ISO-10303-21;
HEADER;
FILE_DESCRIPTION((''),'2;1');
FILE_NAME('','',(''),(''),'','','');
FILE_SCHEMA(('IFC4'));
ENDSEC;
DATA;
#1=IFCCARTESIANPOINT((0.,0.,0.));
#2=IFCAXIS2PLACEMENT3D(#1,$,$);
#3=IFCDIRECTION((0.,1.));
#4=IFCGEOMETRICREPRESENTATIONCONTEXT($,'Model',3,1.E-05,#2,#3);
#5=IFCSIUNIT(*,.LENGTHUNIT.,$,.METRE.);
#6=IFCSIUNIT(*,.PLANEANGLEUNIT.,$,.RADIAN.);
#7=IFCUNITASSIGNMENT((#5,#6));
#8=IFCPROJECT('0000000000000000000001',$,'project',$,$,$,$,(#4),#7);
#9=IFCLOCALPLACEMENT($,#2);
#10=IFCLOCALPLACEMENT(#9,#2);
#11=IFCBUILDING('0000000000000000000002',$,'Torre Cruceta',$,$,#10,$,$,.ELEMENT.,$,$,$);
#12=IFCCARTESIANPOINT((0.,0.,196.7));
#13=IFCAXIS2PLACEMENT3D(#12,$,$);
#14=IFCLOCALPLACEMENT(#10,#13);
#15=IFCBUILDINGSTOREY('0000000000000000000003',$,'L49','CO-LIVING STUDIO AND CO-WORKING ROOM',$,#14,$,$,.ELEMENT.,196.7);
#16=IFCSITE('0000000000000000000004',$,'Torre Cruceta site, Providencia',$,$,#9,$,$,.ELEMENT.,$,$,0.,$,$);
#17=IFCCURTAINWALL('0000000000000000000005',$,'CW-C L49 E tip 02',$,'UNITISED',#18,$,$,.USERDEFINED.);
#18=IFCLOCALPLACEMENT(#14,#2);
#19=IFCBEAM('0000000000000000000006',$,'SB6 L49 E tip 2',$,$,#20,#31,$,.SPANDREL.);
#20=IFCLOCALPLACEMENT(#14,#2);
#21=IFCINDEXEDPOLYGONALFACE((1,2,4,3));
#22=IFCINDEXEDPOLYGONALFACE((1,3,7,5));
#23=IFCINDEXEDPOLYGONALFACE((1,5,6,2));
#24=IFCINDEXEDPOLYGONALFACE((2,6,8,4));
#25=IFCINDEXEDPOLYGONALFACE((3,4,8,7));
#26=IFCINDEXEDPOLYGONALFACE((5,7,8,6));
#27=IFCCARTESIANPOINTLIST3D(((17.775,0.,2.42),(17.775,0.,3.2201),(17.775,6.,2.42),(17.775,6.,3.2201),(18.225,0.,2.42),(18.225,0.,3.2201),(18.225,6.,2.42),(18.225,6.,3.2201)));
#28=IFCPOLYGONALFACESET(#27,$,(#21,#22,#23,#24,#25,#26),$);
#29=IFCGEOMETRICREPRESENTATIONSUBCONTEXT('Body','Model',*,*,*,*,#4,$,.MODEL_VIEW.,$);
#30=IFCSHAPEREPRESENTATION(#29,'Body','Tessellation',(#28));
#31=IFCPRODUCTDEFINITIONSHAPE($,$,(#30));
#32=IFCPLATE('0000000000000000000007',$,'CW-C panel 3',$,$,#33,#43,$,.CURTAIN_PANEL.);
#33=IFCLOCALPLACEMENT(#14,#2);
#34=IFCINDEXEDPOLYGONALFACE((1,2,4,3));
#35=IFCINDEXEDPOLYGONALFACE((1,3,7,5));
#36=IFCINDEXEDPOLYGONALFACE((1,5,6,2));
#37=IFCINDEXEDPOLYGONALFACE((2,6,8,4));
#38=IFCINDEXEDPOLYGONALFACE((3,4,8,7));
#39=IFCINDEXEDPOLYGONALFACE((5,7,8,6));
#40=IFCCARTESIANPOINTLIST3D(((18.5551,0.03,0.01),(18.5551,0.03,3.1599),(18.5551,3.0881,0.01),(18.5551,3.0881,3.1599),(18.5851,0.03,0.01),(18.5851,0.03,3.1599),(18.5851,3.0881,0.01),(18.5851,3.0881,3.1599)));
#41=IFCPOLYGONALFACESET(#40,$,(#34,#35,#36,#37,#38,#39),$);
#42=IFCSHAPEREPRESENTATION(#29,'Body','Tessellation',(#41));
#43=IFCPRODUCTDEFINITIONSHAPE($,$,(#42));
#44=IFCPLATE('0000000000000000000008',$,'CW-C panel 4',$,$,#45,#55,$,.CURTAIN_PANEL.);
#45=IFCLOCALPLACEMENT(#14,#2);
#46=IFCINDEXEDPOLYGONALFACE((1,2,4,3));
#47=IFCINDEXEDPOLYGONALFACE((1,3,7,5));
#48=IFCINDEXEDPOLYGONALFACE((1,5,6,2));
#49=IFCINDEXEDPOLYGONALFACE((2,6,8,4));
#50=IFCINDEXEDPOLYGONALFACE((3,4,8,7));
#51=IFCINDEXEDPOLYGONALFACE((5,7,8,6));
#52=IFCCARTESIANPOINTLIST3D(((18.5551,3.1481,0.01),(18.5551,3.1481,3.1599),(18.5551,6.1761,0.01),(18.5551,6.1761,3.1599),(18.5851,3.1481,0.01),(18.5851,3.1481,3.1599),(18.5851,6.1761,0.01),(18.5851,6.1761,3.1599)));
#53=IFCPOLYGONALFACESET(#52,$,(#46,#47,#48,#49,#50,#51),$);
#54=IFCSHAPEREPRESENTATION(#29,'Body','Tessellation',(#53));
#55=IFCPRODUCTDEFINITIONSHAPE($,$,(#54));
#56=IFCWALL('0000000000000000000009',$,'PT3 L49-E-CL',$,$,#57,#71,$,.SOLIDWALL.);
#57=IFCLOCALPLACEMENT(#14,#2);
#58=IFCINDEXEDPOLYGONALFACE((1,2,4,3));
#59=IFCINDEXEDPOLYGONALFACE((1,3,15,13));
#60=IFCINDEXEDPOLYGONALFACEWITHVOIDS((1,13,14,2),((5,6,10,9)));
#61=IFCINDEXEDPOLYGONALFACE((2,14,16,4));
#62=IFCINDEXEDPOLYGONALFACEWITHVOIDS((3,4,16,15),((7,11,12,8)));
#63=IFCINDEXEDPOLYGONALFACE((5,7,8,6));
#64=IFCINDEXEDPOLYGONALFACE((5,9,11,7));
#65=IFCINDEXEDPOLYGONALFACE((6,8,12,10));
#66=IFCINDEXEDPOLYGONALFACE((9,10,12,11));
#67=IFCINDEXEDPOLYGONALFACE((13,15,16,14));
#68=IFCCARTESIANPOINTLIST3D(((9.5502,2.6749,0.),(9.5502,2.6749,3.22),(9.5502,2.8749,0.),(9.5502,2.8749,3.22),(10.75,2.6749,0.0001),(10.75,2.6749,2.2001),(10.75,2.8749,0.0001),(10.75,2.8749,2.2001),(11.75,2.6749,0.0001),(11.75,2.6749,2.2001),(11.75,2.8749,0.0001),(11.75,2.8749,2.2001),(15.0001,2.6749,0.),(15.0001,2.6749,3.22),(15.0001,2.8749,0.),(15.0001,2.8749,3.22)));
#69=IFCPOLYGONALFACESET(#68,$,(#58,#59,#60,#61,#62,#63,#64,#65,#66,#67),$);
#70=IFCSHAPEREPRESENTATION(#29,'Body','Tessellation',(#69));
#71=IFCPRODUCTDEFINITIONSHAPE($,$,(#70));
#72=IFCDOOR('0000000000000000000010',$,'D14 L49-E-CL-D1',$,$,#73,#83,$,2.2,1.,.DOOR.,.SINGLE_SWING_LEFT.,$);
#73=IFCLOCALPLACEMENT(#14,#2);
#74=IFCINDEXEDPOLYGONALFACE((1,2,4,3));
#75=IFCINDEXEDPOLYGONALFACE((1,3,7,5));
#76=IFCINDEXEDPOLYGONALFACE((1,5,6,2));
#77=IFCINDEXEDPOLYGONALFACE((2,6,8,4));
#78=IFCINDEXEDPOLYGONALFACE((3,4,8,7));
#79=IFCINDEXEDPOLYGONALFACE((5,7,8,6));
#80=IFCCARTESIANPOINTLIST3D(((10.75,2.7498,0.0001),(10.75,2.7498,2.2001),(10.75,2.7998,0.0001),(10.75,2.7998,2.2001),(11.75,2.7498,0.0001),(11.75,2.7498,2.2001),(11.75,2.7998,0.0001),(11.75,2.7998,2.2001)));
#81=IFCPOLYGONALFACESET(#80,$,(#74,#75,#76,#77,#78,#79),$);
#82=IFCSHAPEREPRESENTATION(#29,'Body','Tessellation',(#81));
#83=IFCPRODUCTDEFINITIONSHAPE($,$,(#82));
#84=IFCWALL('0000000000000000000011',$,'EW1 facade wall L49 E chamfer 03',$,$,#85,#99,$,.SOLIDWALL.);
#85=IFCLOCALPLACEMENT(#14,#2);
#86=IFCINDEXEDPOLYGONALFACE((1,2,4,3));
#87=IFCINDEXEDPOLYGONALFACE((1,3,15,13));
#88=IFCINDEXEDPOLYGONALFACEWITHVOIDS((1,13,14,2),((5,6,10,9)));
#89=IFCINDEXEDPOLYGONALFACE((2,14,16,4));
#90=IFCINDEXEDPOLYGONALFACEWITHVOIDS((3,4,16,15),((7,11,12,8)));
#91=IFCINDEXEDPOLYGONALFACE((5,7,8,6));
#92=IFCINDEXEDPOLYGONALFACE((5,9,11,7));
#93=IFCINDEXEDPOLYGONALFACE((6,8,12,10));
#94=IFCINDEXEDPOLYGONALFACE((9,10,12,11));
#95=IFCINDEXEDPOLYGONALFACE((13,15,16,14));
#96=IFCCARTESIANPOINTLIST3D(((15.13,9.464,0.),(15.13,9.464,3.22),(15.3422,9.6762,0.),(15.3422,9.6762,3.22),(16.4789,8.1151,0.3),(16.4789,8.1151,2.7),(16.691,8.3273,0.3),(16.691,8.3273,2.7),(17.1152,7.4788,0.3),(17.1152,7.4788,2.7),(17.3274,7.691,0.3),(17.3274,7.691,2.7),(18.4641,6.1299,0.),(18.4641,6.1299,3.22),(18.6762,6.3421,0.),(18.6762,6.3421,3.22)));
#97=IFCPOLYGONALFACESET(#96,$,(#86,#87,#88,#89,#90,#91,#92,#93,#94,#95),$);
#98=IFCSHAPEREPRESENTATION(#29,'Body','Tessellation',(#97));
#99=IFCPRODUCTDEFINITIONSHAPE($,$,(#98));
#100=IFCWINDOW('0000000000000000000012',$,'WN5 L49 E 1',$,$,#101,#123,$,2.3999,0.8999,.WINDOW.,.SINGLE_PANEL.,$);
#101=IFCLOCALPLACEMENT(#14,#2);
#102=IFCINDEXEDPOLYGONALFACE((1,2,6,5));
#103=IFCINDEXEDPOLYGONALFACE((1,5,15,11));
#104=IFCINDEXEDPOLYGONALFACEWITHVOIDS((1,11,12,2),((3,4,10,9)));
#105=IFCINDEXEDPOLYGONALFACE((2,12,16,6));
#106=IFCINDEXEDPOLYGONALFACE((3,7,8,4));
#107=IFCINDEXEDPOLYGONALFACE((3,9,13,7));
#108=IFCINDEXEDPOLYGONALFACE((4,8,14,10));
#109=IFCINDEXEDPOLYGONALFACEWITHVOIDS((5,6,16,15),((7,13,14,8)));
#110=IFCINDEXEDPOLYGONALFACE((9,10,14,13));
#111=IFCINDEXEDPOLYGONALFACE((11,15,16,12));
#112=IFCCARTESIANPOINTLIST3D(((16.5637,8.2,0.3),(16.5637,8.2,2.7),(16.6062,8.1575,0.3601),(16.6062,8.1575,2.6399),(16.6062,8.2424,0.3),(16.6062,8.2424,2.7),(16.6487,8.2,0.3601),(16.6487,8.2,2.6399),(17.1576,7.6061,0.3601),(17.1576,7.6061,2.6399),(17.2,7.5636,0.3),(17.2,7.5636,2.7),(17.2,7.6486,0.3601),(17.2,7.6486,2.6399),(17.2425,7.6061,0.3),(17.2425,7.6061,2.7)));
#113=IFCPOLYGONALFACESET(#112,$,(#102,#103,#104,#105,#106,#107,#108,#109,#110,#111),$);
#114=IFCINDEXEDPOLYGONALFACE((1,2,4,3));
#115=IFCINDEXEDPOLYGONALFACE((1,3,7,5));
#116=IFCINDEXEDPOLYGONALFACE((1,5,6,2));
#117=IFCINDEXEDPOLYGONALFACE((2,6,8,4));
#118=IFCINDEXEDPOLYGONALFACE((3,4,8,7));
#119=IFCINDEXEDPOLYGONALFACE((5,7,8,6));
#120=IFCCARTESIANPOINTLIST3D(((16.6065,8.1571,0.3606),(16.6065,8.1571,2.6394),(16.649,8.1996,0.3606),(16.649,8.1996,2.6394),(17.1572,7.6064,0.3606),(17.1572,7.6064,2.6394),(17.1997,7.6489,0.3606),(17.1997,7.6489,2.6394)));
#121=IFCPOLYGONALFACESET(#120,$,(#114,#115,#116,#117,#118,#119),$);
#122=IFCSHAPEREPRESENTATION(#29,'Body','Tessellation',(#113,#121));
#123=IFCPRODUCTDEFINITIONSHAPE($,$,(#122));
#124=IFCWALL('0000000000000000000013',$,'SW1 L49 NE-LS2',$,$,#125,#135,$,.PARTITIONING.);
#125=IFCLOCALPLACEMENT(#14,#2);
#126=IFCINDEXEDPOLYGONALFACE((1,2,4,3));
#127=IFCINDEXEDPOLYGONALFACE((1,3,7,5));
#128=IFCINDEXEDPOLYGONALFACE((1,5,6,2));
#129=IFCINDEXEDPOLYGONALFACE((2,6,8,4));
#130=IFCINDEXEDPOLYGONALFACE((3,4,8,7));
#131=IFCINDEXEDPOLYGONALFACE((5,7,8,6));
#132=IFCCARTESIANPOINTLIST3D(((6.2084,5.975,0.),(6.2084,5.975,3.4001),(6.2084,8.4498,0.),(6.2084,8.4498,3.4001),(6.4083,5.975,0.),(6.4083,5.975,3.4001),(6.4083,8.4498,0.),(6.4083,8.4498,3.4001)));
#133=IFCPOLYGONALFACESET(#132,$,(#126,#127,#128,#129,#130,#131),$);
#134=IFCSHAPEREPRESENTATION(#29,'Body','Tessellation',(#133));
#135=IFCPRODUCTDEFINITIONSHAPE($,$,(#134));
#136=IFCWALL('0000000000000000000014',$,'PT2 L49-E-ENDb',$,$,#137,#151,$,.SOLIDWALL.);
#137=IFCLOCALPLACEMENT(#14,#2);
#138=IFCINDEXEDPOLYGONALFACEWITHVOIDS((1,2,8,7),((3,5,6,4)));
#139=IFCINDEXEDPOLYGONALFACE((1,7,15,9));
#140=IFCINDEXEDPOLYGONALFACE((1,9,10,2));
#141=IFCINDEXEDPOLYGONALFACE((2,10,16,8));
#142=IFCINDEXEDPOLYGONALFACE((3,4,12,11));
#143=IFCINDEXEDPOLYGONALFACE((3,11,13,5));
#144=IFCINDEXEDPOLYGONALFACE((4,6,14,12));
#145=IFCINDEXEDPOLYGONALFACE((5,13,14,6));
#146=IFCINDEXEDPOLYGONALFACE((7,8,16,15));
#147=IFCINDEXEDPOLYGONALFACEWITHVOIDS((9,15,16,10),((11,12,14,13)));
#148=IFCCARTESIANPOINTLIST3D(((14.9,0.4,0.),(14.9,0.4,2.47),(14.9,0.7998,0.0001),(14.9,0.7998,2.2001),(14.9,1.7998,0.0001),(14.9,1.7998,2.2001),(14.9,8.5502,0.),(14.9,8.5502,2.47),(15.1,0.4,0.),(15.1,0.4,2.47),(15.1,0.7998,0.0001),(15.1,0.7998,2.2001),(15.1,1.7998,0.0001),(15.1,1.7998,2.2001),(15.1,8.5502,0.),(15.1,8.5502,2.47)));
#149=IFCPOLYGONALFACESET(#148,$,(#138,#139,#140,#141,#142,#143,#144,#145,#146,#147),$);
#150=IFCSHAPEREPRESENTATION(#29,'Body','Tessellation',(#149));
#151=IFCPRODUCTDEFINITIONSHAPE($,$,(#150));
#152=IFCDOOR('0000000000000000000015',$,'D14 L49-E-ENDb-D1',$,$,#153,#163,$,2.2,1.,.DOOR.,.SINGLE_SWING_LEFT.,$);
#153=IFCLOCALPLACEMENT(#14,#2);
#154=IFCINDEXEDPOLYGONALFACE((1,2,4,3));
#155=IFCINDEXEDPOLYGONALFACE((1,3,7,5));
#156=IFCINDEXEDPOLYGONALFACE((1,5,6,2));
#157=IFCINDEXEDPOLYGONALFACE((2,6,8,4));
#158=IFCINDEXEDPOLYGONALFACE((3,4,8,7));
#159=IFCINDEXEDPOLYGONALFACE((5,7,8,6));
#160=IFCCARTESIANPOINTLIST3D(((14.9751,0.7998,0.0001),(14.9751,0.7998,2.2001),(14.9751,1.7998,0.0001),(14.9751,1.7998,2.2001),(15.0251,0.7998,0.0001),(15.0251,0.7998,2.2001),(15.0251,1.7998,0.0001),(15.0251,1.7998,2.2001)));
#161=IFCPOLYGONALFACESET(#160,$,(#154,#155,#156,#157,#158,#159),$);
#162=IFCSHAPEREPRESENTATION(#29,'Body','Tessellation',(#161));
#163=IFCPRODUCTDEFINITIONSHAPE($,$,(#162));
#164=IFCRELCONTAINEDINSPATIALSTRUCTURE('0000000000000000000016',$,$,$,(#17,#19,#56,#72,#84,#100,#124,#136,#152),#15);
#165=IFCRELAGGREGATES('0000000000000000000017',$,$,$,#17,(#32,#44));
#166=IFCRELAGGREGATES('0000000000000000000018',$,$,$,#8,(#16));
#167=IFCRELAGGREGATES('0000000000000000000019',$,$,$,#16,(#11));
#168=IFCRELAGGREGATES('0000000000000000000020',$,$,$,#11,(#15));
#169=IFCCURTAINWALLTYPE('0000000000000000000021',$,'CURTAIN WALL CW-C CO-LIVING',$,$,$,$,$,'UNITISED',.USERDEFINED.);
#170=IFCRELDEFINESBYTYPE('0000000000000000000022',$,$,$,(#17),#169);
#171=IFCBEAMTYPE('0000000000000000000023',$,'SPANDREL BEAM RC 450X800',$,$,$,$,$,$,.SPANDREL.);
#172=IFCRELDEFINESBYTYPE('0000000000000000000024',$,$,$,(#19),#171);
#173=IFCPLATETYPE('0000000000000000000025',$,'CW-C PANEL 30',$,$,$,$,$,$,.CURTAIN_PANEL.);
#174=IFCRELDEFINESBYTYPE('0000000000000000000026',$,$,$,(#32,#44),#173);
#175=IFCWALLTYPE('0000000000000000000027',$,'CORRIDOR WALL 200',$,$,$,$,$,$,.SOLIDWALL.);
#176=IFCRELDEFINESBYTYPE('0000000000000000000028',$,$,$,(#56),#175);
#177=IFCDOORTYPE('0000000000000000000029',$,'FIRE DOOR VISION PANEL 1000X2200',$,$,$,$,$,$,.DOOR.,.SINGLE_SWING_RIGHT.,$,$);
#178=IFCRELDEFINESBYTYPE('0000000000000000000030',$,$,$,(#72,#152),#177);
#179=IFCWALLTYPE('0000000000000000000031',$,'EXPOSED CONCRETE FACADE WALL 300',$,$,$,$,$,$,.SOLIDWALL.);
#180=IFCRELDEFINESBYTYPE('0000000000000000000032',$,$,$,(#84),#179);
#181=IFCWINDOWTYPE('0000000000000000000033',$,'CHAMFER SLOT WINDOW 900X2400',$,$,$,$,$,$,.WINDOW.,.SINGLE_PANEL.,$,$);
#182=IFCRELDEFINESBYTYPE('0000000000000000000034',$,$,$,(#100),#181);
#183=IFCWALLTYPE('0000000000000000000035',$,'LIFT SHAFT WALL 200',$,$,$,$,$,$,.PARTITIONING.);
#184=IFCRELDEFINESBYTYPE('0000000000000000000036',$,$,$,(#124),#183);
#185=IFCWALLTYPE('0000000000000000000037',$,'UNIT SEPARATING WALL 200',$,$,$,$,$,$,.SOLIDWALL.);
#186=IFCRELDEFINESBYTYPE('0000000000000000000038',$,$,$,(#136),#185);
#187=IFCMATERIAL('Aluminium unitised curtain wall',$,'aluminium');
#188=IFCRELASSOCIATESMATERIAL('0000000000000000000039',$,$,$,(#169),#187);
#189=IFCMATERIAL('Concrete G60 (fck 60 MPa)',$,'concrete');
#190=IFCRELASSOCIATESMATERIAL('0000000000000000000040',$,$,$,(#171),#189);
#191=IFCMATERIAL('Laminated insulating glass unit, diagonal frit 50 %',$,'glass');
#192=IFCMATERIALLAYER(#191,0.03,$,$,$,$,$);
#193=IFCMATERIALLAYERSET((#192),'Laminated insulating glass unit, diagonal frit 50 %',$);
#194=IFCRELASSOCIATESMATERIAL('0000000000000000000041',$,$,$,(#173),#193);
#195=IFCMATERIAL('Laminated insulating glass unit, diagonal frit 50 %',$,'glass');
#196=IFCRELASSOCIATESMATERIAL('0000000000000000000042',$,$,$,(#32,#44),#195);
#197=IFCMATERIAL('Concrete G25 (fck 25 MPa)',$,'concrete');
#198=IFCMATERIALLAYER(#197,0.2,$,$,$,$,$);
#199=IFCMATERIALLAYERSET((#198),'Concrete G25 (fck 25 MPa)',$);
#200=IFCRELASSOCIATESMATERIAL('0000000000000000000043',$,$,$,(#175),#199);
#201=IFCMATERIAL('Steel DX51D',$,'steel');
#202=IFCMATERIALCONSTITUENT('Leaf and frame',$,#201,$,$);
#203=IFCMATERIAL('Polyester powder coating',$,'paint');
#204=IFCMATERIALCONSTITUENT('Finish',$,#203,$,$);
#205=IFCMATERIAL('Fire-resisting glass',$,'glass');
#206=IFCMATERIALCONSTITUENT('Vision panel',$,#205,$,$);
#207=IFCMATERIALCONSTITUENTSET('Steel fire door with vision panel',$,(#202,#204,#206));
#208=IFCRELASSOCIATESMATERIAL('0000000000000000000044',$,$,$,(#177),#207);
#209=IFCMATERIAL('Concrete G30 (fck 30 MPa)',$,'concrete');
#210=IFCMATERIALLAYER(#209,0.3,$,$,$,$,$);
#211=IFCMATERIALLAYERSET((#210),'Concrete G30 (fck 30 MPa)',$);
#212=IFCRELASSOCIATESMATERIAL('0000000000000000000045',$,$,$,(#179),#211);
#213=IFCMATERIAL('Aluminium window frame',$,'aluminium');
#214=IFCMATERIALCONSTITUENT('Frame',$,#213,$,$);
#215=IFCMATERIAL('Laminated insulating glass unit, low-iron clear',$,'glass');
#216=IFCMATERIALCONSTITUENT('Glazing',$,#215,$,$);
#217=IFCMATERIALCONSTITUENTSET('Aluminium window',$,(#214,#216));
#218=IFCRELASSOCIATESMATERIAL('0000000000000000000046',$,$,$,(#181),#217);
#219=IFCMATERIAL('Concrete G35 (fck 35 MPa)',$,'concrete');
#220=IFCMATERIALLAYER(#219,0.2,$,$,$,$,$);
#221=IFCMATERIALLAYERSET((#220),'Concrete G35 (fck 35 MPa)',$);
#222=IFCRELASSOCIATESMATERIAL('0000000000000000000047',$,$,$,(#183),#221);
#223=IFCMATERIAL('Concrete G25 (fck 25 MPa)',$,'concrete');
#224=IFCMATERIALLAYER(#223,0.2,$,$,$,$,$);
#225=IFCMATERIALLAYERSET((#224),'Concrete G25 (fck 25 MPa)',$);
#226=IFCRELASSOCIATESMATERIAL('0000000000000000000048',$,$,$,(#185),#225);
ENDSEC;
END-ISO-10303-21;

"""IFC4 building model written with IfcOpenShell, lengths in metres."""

from ifc_helpers import new_model, si_unit, direction, frame, frame_2d, origin, origin_2d, place, context, subcontext, project, spatial, rectangle, hollow_rectangle, extrude, material, layer, layer_set, constituent, constituent_set, material_profile, profile_set, type_object, element, fill, aggregate, save


model = new_model("IFC4")

# Units and contexts
model_context = context("Model", 3, precision=1e-05, world=origin(), true_north=direction((0.0, 1.0)))
body_context = subcontext(model_context, "Body", "Model", "MODEL_VIEW")
ifc_project = project(units=[si_unit("LENGTHUNIT", "METRE"), si_unit("PLANEANGLEUNIT", "RADIAN")], contexts=[model_context])

# Site, building, storey
site_placement = place(None, origin())
site = spatial("IfcSite", under=ifc_project, at=site_placement, Name="Torre Cruceta site, Providencia", CompositionType="ELEMENT", RefElevation=0.0)
building_placement = place(site_placement, origin())
building = spatial("IfcBuilding", under=site, at=building_placement, Name="Torre Cruceta", CompositionType="ELEMENT")
storey_placement = place(building_placement, frame((0.0, 0.0, 196.7)))
storey = spatial("IfcBuildingStorey", under=building, at=storey_placement, Name="L49", Description="CO-LIVING STUDIO AND CO-WORKING ROOM", CompositionType="ELEMENT", Elevation=196.7)

# Curtain wall
ifc_material_1 = material(Name="Aluminium unitised curtain wall", Category="aluminium")
curtain_wall_type = type_object("IfcCurtainWallType", Name="CURTAIN WALL CW-C CO-LIVING", ElementType="UNITISED", PredefinedType="USERDEFINED", material=ifc_material_1)
curtain_wall_placement = place(storey_placement, origin())
curtain_wall = element("IfcCurtainWall", 1, at=curtain_wall_placement, inside=storey, type_object=curtain_wall_type, Name="CW-C L49 E tip 02", ObjectType="UNITISED", PredefinedType="USERDEFINED")

# Beam
ifc_material_2 = material(Name="Concrete G60 (fck 60 MPa)", Category="concrete")
ifc_material_profile_1 = material_profile(ifc_material_2, rectangle(XDim=0.45, YDim=0.8, at=origin_2d()), Name="RC 450X800")
ifc_profile_set_1 = profile_set([ifc_material_profile_1], Name="Concrete G60 (fck 60 MPa)")
beam_type_1 = type_object("IfcBeamType", Name="SPANDREL BEAM RC 450X800", PredefinedType="SPANDREL", material=ifc_profile_set_1)
for number, where, z_axis, x_axis, name in (
    (2, (18.0, 0.0, 2.8201), (0.0, 1.0, 0.0), (-1.0, 0.0, 0.0), "SB6 L49 E tip 2"),
):
    element("IfcBeam", number, at=place(storey_placement, frame(where, z_axis=z_axis, x_axis=x_axis)), inside=storey, type_object=beam_type_1, Name=name, PredefinedType="SPANDREL", context=body_context, shape_type="SweptSolid", body=[
        extrude(rectangle(XDim=0.45, YDim=0.8, at=origin_2d()), origin(), (0.0, 0.0, 1.0), 6.0),
    ])

# Plates
ifc_material_3 = material(Name="Laminated insulating glass unit, diagonal frit 50 %", Category="glass")
ifc_material_4 = material(Name="Laminated insulating glass unit, diagonal frit 50 %", Category="glass")
ifc_layer_1 = layer(ifc_material_4, 0.03)
ifc_layer_set_1 = layer_set([ifc_layer_1], Name="Laminated insulating glass unit, diagonal frit 50 %")
plate_type = type_object("IfcPlateType", Name="CW-C PANEL 30", PredefinedType="CURTAIN_PANEL", material=ifc_layer_set_1)
plate_1_placement = place(storey_placement, frame((18.5701, 1.5591, 0.01), z_axis=(0.0, 0.0, 1.0), x_axis=(0.0, 1.0, 0.0)))
plate_1 = element("IfcPlate", 3, at=plate_1_placement, type_object=plate_type, material=ifc_material_3, Name="CW-C panel 3", PredefinedType="CURTAIN_PANEL", context=body_context, shape_type="SweptSolid", body=[
    extrude(rectangle(XDim=3.0581, YDim=0.03, at=origin_2d()), origin(), (0.0, 0.0, 1.0), 3.1499),
])
plate_2_placement = place(storey_placement, frame((18.5701, 4.6621, 0.01), z_axis=(0.0, 0.0, 1.0), x_axis=(0.0, 1.0, 0.0)))
plate_2 = element("IfcPlate", 4, at=plate_2_placement, type_object=plate_type, material=ifc_material_3, Name="CW-C panel 4", PredefinedType="CURTAIN_PANEL", context=body_context, shape_type="SweptSolid", body=[
    extrude(rectangle(XDim=3.0281, YDim=0.03, at=origin_2d()), origin(), (0.0, 0.0, 1.0), 3.1499),
])
aggregate(curtain_wall, [plate_1, plate_2])

# Wall, opening, door
ifc_material_5 = material(Name="Concrete G25 (fck 25 MPa)", Category="concrete")
ifc_layer_2 = layer(ifc_material_5, 0.2)
ifc_layer_set_2 = layer_set([ifc_layer_2], Name="Concrete G25 (fck 25 MPa)")
wall_type_1 = type_object("IfcWallType", Name="CORRIDOR WALL 200", PredefinedType="SOLIDWALL", material=ifc_layer_set_2)
wall_1_placement = place(storey_placement, frame((9.55, 2.7749, 0.0), z_axis=(0.0, 0.0, 1.0), x_axis=(1.0, 0.0, 0.0)))
wall_1 = element("IfcWall", 5, at=wall_1_placement, inside=storey, type_object=wall_type_1, Name="PT3 L49-E-CL", PredefinedType="SOLIDWALL", context=body_context, shape_type="SweptSolid", body=[
    extrude(rectangle(XDim=5.45, YDim=0.2, at=frame_2d((2.7251, 0.0))), origin(), (0.0, 0.0, 1.0), 3.22),
])
opening_1_placement = place(wall_1_placement, frame((1.2, 0.0, 0.0)))
opening_1 = element("IfcOpeningElement", 6, at=opening_1_placement, cuts=wall_1, PredefinedType="OPENING", context=body_context, shape_type="SweptSolid", body=[
    extrude(rectangle(XDim=1.0, YDim=2.2, at=frame_2d((0.5, 1.1001))), frame((0.0, 0.1099, 0.0), z_axis=(0.0, -1.0, 0.0), x_axis=(1.0, 0.0, 0.0)), (0.0, 0.0, 1.0), 0.22),
])
ifc_material_6 = material(Name="Steel DX51D", Category="steel")
ifc_constituent_1 = constituent(ifc_material_6, Name="Leaf and frame")
ifc_material_7 = material(Name="Polyester powder coating", Category="paint")
ifc_constituent_2 = constituent(ifc_material_7, Name="Finish")
ifc_material_8 = material(Name="Fire-resisting glass", Category="glass")
ifc_constituent_3 = constituent(ifc_material_8, Name="Vision panel")
ifc_constituent_set_1 = constituent_set(constituents=[ifc_constituent_1, ifc_constituent_2, ifc_constituent_3], Name="Steel fire door with vision panel")
door_type_1 = type_object("IfcDoorType", Name="FIRE DOOR VISION PANEL 1000X2200", OperationType="SINGLE_SWING_RIGHT", PredefinedType="DOOR", material=ifc_constituent_set_1)
door_1_placement = place(opening_1_placement, origin())
door_1 = element("IfcDoor", 7, at=door_1_placement, inside=storey, type_object=door_type_1, Name="D14 L49-E-CL-D1", OperationType="SINGLE_SWING_LEFT", OverallHeight=2.2, OverallWidth=1.0, PredefinedType="DOOR", context=body_context, shape_type="SweptSolid", body=[
    extrude(rectangle(XDim=1.0, YDim=2.2, at=frame_2d((0.5, 1.1001))), frame((0.0, 0.0249, 0.0), z_axis=(0.0, -1.0, 0.0), x_axis=(1.0, 0.0, 0.0)), (0.0, 0.0, 1.0), 0.05),
])
fill(opening_1, door_1)

# Wall, opening, window
ifc_material_9 = material(Name="Concrete G30 (fck 30 MPa)", Category="concrete")
ifc_layer_3 = layer(ifc_material_9, 0.3)
ifc_layer_set_3 = layer_set([ifc_layer_3], Name="Concrete G30 (fck 30 MPa)")
wall_type_2 = type_object("IfcWallType", Name="EXPOSED CONCRETE FACADE WALL 300", PredefinedType="SOLIDWALL", material=ifc_layer_set_3)
wall_2_placement = place(storey_placement, frame((18.5701, 6.2361, 0.0), z_axis=(0.0, 0.0, 1.0), x_axis=(-0.707107, 0.707107, 0.0)))
wall_2 = element("IfcWall", 8, at=wall_2_placement, inside=storey, type_object=wall_type_2, Name="EW1 facade wall L49 E chamfer 03", PredefinedType="SOLIDWALL", context=body_context, shape_type="SweptSolid", body=[
    extrude(rectangle(XDim=4.7151, YDim=0.3, at=frame_2d((2.3574, 0.0))), origin(), (0.0, 0.0, 1.0), 3.22),
])
opening_2_placement = place(wall_2_placement, frame((1.9075, 0.0, 0.3)))
opening_2 = element("IfcOpeningElement", 9, at=opening_2_placement, cuts=wall_2, PredefinedType="OPENING", context=body_context, shape_type="SweptSolid", body=[
    extrude(rectangle(XDim=0.8999, YDim=2.3999, at=frame_2d((0.45, 1.2))), frame((0.0, 0.1599, 0.0), z_axis=(0.0, -1.0, 0.0), x_axis=(1.0, 0.0, 0.0)), (0.0, 0.0, 1.0), 0.3201),
])
ifc_material_10 = material(Name="Aluminium window frame", Category="aluminium")
ifc_constituent_4 = constituent(ifc_material_10, Name="Frame")
ifc_material_11 = material(Name="Laminated insulating glass unit, low-iron clear", Category="glass")
ifc_constituent_5 = constituent(ifc_material_11, Name="Glazing")
ifc_constituent_set_2 = constituent_set(constituents=[ifc_constituent_4, ifc_constituent_5], Name="Aluminium window")
window_type = type_object("IfcWindowType", Name="CHAMFER SLOT WINDOW 900X2400", PartitioningType="SINGLE_PANEL", PredefinedType="WINDOW", material=ifc_constituent_set_2)
window_placement = place(opening_2_placement, origin())
window = element("IfcWindow", 10, at=window_placement, inside=storey, type_object=window_type, Name="WN5 L49 E 1", OverallHeight=2.3999, OverallWidth=0.8999, PartitioningType="SINGLE_PANEL", PredefinedType="WINDOW", context=body_context, shape_type="SweptSolid", body=[
    extrude(hollow_rectangle(XDim=0.8999, YDim=2.3999, WallThickness=0.0601, at=frame_2d((0.45, 1.2))), frame((0.0, 0.03, 0.0), z_axis=(0.0, -1.0, 0.0), x_axis=(1.0, 0.0, 0.0)), (0.0, 0.0, 1.0), 0.0601),
    extrude(rectangle(XDim=0.7788, YDim=2.2788, at=frame_2d((0.45, 1.2))), frame((0.0, 0.03, 0.0), z_axis=(0.0, -1.0, 0.0), x_axis=(1.0, 0.0, 0.0)), (0.0, 0.0, 1.0), 0.0601),
])
fill(opening_2, window)

# Wall
ifc_material_12 = material(Name="Concrete G35 (fck 35 MPa)", Category="concrete")
ifc_layer_4 = layer(ifc_material_12, 0.2)
ifc_layer_set_4 = layer_set([ifc_layer_4], Name="Concrete G35 (fck 35 MPa)")
wall_type_3 = type_object("IfcWallType", Name="LIFT SHAFT WALL 200", PredefinedType="PARTITIONING", material=ifc_layer_set_4)
wall_3_placement = place(storey_placement, frame((6.3083, 5.9751, 0.0), z_axis=(0.0, 0.0, 1.0), x_axis=(0.0, 1.0, 0.0)))
element("IfcWall", 11, at=wall_3_placement, inside=storey, type_object=wall_type_3, Name="SW1 L49 NE-LS2", PredefinedType="PARTITIONING", context=body_context, shape_type="SweptSolid", body=[
    extrude(rectangle(XDim=2.4749, YDim=0.2, at=frame_2d((1.2373, 0.0))), origin(), (0.0, 0.0, 1.0), 3.4001),
])

# Wall, opening, door
ifc_material_13 = material(Name="Concrete G25 (fck 25 MPa)", Category="concrete")
ifc_layer_5 = layer(ifc_material_13, 0.2)
ifc_layer_set_5 = layer_set([ifc_layer_5], Name="Concrete G25 (fck 25 MPa)")
wall_type_4 = type_object("IfcWallType", Name="UNIT SEPARATING WALL 200", PredefinedType="SOLIDWALL", material=ifc_layer_set_5)
wall_4_placement = place(storey_placement, frame((15.0, 0.3999, 0.0), z_axis=(0.0, 0.0, 1.0), x_axis=(0.0, 1.0, 0.0)))
wall_4 = element("IfcWall", 12, at=wall_4_placement, inside=storey, type_object=wall_type_4, Name="PT2 L49-E-ENDb", PredefinedType="SOLIDWALL", context=body_context, shape_type="SweptSolid", body=[
    extrude(rectangle(XDim=8.1501, YDim=0.2, at=frame_2d((4.0752, 0.0))), origin(), (0.0, 0.0, 1.0), 2.47),
])
opening_3_placement = place(wall_4_placement, frame((0.3999, 0.0, 0.0)))
opening_3 = element("IfcOpeningElement", 13, at=opening_3_placement, cuts=wall_4, PredefinedType="OPENING", context=body_context, shape_type="SweptSolid", body=[
    extrude(rectangle(XDim=1.0, YDim=2.2, at=frame_2d((0.5, 1.1001))), frame((0.0, 0.1099, 0.0), z_axis=(0.0, -1.0, 0.0), x_axis=(1.0, 0.0, 0.0)), (0.0, 0.0, 1.0), 0.22),
])
door_2_placement = place(opening_3_placement, frame((1.0, 0.0, 0.0), z_axis=(0.0, 0.0, 1.0), x_axis=(-1.0, 0.0, 0.0)))
door_2 = element("IfcDoor", 14, at=door_2_placement, inside=storey, type_object=door_type_1, Name="D14 L49-E-ENDb-D1", OperationType="SINGLE_SWING_LEFT", OverallHeight=2.2, OverallWidth=1.0, PredefinedType="DOOR", context=body_context, shape_type="SweptSolid", body=[
    extrude(rectangle(XDim=1.0, YDim=2.2, at=frame_2d((0.5, 1.1001))), frame((0.0, 0.0251, 0.0), z_axis=(0.0, -1.0, 0.0), x_axis=(1.0, 0.0, 0.0)), (0.0, 0.0, 1.0), 0.05),
])
fill(opening_3, door_2)

save(model, "model.ifc")
